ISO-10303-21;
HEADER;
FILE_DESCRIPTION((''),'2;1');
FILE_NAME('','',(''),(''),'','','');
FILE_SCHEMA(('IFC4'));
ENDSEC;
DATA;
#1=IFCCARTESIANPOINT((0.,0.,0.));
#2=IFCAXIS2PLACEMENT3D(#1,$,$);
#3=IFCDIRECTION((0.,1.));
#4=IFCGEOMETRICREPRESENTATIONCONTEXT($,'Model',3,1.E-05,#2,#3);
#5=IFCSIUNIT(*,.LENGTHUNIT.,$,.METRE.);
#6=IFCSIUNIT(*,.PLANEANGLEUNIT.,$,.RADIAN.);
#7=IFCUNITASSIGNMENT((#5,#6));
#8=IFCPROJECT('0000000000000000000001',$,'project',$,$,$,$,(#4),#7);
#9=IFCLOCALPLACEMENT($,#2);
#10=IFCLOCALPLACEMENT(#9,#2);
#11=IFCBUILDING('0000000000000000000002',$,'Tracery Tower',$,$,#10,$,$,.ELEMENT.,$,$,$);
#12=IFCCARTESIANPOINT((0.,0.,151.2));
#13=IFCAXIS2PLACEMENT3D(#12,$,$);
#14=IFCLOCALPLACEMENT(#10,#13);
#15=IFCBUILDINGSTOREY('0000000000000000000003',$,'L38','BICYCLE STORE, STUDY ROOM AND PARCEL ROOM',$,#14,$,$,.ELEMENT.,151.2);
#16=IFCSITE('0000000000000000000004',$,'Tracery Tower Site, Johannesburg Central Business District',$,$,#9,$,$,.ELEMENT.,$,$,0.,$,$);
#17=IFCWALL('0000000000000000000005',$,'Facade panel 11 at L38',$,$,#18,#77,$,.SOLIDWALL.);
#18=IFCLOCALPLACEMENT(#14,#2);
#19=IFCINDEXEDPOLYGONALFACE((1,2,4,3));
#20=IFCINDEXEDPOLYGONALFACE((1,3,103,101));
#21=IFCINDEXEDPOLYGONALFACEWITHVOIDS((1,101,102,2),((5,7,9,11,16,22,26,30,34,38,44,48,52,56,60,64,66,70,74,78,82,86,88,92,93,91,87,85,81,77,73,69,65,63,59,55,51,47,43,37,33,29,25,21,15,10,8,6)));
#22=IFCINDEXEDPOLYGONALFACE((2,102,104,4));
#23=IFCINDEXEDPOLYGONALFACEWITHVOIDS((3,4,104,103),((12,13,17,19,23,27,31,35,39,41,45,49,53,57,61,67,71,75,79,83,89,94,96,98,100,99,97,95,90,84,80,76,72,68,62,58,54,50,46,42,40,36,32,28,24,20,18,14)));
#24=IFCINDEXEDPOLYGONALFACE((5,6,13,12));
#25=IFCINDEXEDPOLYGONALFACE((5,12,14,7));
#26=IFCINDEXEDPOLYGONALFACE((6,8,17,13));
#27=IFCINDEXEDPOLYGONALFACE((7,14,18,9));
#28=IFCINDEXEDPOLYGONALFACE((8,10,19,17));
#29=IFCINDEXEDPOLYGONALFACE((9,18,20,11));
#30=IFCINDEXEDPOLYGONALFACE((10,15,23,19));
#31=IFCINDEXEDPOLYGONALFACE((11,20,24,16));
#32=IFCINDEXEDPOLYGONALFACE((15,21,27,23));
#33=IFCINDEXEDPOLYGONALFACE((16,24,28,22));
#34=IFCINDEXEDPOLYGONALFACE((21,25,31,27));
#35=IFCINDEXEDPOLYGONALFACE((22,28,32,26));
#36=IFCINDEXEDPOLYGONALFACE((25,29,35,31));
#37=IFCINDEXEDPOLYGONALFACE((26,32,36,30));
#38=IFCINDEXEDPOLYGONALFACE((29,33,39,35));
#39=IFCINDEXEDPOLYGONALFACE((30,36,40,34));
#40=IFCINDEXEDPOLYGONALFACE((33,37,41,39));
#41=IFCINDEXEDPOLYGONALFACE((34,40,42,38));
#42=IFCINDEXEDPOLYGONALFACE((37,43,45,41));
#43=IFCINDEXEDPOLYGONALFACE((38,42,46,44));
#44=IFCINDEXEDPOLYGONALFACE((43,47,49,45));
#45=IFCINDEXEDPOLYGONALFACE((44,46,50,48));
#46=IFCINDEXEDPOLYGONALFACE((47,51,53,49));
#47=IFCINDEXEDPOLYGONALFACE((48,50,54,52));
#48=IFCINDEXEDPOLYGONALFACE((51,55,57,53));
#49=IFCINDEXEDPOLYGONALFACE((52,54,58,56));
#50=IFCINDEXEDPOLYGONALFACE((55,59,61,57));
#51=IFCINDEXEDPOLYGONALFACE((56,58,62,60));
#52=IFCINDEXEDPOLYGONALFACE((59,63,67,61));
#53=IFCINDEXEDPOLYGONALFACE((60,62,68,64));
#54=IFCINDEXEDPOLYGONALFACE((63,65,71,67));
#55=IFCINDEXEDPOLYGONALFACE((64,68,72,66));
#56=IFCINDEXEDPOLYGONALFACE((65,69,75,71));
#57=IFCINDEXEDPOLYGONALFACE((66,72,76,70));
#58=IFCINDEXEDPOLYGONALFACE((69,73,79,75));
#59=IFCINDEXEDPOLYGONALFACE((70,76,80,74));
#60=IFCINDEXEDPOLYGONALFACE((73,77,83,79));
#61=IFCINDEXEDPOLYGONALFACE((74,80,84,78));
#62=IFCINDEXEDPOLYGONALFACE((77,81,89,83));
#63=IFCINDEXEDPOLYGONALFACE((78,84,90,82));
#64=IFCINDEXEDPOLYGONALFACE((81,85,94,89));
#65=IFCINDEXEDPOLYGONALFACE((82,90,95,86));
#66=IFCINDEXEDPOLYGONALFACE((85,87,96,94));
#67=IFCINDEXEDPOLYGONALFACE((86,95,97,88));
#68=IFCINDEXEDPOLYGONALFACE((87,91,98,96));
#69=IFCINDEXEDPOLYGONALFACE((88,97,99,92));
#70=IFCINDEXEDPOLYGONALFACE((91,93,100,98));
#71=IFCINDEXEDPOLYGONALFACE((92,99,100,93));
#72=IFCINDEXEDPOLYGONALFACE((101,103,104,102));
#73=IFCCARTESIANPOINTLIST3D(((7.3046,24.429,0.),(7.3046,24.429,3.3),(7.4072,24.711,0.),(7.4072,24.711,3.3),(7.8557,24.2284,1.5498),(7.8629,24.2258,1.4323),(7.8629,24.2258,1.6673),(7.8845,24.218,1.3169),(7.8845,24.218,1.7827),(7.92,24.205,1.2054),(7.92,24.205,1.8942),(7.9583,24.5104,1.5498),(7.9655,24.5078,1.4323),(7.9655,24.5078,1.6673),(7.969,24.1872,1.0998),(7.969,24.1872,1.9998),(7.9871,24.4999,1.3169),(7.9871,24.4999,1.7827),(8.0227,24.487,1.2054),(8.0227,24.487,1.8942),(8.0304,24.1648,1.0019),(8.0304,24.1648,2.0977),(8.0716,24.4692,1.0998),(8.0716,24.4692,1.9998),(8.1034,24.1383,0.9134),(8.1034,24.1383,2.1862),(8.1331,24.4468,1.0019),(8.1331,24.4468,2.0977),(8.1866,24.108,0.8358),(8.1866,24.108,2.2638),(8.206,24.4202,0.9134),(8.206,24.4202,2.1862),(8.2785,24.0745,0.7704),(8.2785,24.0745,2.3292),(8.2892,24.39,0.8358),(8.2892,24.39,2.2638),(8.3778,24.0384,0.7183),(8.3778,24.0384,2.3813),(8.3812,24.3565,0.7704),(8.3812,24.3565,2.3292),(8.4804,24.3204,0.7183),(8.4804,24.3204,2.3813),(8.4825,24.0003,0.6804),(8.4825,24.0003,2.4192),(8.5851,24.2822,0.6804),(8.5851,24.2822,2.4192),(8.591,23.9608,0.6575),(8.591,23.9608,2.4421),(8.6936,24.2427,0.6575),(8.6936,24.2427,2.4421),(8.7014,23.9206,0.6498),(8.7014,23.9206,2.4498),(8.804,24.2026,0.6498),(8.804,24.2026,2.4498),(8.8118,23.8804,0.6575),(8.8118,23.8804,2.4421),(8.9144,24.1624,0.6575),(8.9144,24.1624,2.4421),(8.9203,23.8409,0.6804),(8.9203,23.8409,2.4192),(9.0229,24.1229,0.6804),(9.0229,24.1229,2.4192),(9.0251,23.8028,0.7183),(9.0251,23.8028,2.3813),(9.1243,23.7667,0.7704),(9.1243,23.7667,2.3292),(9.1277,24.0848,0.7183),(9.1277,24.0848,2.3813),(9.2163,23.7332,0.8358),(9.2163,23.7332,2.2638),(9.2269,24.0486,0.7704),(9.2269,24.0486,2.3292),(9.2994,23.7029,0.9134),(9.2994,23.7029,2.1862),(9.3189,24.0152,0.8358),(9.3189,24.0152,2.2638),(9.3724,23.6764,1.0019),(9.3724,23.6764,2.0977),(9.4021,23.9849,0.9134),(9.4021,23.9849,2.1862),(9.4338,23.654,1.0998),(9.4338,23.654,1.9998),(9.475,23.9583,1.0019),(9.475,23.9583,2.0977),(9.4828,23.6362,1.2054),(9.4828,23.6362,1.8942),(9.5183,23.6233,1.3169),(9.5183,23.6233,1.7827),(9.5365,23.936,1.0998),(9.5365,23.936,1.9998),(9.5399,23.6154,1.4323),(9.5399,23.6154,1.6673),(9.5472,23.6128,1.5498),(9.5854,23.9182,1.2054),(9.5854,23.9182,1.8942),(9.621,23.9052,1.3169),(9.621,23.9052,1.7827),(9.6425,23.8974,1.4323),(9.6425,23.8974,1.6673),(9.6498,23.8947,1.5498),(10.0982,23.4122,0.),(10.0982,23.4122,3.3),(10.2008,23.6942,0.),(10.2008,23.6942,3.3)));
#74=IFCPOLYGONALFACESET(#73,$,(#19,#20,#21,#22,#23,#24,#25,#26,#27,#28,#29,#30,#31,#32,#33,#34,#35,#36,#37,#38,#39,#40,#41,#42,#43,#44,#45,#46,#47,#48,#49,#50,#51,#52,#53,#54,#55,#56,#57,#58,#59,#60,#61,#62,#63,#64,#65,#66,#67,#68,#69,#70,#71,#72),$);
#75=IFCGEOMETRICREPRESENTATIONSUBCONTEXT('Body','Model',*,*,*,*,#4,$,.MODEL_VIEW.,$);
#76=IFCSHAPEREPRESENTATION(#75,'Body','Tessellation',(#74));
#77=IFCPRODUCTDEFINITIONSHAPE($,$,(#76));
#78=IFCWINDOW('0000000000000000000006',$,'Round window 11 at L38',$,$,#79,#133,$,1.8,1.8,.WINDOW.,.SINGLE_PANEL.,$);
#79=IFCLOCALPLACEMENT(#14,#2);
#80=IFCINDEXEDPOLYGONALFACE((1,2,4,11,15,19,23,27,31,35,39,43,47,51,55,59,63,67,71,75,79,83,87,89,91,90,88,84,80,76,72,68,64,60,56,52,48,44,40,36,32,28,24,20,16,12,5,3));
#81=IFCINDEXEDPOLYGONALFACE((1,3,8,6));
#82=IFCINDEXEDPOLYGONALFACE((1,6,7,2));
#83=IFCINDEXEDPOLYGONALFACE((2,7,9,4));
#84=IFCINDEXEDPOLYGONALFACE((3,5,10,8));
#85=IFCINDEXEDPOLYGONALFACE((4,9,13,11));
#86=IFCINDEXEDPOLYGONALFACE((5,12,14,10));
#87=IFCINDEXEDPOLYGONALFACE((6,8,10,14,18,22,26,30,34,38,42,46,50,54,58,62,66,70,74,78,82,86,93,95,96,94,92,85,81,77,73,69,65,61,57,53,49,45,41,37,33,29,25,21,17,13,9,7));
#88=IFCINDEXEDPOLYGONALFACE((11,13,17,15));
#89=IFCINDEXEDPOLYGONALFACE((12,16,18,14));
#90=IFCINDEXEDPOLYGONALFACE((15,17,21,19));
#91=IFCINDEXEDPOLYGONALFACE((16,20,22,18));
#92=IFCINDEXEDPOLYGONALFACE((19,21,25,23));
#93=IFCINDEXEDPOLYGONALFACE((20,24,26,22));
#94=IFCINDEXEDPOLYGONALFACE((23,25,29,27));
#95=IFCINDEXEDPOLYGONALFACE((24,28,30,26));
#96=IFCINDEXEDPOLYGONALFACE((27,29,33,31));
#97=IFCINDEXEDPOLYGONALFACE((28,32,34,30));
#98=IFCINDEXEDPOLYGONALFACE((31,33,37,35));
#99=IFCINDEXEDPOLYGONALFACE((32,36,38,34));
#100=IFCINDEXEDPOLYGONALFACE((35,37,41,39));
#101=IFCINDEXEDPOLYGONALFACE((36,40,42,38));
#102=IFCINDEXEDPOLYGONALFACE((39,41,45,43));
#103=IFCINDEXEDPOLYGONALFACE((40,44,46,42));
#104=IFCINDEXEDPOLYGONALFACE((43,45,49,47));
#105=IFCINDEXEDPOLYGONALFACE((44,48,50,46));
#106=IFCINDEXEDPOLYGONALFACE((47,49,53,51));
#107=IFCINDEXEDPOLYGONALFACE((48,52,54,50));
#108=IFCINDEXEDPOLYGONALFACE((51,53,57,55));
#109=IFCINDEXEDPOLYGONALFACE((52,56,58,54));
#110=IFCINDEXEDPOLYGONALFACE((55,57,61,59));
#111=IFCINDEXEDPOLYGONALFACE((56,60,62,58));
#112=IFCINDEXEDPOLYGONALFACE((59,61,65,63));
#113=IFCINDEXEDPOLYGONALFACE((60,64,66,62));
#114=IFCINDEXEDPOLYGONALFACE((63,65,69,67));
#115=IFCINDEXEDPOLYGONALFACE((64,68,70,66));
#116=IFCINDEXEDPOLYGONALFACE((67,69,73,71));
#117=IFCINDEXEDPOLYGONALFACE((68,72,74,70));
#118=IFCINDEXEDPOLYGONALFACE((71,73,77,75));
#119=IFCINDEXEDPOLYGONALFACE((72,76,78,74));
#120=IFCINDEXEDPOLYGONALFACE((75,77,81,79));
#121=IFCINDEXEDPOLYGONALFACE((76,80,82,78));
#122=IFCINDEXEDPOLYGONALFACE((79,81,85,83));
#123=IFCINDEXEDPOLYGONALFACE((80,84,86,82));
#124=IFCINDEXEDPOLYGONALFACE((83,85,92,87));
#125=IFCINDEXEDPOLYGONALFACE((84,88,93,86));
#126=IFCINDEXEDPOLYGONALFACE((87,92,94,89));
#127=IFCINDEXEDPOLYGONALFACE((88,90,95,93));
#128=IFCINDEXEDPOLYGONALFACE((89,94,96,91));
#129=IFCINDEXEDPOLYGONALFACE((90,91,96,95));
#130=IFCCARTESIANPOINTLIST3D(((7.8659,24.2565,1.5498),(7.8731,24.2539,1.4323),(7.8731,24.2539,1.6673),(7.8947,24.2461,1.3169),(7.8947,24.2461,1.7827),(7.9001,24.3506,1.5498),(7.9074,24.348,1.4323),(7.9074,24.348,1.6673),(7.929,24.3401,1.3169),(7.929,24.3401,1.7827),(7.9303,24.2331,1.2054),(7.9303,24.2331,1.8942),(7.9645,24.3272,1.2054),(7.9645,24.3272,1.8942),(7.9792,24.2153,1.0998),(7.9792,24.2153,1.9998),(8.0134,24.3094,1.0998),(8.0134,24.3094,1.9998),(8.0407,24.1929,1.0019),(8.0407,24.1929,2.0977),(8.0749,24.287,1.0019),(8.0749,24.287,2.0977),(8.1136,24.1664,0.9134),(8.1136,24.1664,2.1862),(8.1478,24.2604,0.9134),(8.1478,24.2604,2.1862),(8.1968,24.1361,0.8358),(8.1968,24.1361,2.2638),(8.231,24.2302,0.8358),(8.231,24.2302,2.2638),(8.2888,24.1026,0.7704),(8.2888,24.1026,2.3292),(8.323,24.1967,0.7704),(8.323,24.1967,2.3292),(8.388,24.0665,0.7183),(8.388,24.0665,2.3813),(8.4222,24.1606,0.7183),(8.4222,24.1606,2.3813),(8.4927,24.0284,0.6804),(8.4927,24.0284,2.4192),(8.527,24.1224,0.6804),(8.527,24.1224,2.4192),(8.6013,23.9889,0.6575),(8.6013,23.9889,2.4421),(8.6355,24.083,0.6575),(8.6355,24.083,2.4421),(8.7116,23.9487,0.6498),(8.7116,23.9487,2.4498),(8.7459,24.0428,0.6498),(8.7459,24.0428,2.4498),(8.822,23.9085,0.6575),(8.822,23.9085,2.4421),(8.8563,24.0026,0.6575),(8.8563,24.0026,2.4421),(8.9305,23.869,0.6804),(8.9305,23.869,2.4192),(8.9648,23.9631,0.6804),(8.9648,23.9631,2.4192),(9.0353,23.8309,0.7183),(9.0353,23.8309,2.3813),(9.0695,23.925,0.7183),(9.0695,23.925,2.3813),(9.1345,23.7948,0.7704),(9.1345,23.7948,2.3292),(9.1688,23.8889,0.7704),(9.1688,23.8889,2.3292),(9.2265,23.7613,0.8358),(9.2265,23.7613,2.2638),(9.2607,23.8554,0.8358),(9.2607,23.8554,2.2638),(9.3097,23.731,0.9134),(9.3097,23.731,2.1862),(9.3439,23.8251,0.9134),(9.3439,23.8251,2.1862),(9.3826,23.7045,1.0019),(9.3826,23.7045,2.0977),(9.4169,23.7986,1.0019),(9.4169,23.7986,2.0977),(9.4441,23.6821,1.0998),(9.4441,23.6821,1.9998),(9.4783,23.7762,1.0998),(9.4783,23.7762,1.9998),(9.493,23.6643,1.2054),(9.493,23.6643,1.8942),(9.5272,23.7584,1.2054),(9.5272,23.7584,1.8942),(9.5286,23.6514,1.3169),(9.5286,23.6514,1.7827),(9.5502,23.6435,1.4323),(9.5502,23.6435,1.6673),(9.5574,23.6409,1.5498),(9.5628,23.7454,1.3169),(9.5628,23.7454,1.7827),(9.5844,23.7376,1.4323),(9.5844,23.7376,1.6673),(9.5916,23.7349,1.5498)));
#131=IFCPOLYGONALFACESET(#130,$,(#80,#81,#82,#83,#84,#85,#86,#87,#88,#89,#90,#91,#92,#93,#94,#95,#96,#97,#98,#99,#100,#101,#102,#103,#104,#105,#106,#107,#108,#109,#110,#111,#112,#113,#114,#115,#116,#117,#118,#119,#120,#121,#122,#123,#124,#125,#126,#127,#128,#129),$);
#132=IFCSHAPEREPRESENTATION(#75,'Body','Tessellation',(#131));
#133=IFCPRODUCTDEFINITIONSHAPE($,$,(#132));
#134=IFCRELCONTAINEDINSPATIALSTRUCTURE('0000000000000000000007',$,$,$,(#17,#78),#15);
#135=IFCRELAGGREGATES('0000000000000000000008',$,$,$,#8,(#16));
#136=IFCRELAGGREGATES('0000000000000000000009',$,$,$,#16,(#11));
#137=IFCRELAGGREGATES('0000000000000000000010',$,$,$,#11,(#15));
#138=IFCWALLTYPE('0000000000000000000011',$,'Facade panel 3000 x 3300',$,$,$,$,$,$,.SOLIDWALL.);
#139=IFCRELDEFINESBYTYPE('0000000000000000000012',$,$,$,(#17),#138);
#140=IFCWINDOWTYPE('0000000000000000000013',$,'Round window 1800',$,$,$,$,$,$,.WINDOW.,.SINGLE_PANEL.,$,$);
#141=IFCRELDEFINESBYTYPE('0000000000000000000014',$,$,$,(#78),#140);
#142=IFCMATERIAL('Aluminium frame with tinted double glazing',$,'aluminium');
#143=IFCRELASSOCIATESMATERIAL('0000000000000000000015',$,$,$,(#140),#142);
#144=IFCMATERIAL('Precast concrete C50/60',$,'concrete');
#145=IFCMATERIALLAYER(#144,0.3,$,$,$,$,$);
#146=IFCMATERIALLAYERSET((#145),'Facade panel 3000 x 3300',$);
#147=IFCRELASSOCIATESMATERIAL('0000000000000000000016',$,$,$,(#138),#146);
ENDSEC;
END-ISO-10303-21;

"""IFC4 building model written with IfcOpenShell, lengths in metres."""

from ifc_helpers import new_model, si_unit, direction, frame, frame_2d, origin, origin_2d, place, context, subcontext, project, spatial, rectangle, circle, extrude, material, layer, layer_set, type_object, element, fill, save


model = new_model("IFC4")

# Units and contexts
model_context = context("Model", 3, precision=1e-05, world=origin(), true_north=direction((0.0, 1.0)))
body_context = subcontext(model_context, "Body", "Model", "MODEL_VIEW")
ifc_project = project(units=[si_unit("LENGTHUNIT", "METRE"), si_unit("PLANEANGLEUNIT", "RADIAN")], contexts=[model_context])

# Site, building, storey
site_placement = place(None, origin())
site = spatial("IfcSite", under=ifc_project, at=site_placement, Name="Tracery Tower Site, Johannesburg Central Business District", CompositionType="ELEMENT", RefElevation=0.0)
building_placement = place(site_placement, origin())
building = spatial("IfcBuilding", under=site, at=building_placement, Name="Tracery Tower", CompositionType="ELEMENT")
storey_placement = place(building_placement, frame((0.0, 0.0, 151.2)))
storey = spatial("IfcBuildingStorey", under=building, at=storey_placement, Name="L38", Description="BICYCLE STORE, STUDY ROOM AND PARCEL ROOM", CompositionType="ELEMENT", Elevation=151.2)

# Wall, opening, window
ifc_material_1 = material(Name="Aluminium frame with tinted double glazing", Category="aluminium")
window_type = type_object("IfcWindowType", Name="Round window 1800", PartitioningType="SINGLE_PANEL", PredefinedType="WINDOW", material=ifc_material_1)
ifc_material_2 = material(Name="Precast concrete C50/60", Category="concrete")
ifc_layer_1 = layer(ifc_material_2, 0.3)
ifc_layer_set_1 = layer_set([ifc_layer_1], Name="Facade panel 3000 x 3300")
wall_type_1 = type_object("IfcWallType", Name="Facade panel 3000 x 3300", PredefinedType="SOLIDWALL", material=ifc_layer_set_1)
wall_1_placement = place(storey_placement, frame((10.1494, 23.5532, 0.0), z_axis=(0.0, 0.0, 1.0), x_axis=(-0.93969, 0.342027, 0.0)))
wall_1 = element("IfcWall", 1, at=wall_1_placement, inside=storey, type_object=wall_type_1, Name="Facade panel 11 at L38", PredefinedType="SOLIDWALL", context=body_context, shape_type="SweptSolid", body=[
    extrude(rectangle(XDim=2.9729, YDim=0.3, at=frame_2d((1.4863, 0.0))), origin(), (0.0, 0.0, 1.0), 3.3),
])
opening_1_placement = place(wall_1_placement, frame((1.4863, 0.0, 1.5498)))
opening_1 = element("IfcOpeningElement", 2, at=opening_1_placement, cuts=wall_1, PredefinedType="OPENING", context=body_context, shape_type="SweptSolid", body=[
    extrude(circle(Radius=0.9, at=origin_2d()), frame((0.0, 0.1599, 0.0), z_axis=(0.0, -1.0, 0.0), x_axis=(1.0, 0.0, 0.0)), (0.0, 0.0, 1.0), 0.3201),
])
window_1_placement = place(opening_1_placement, origin())
window_1 = element("IfcWindow", 3, at=window_1_placement, inside=storey, type_object=window_type, Name="Round window 11 at L38", OverallHeight=1.8, OverallWidth=1.8, PartitioningType="SINGLE_PANEL", PredefinedType="WINDOW", context=body_context, shape_type="SweptSolid", body=[
    extrude(circle(Radius=0.9, at=origin_2d()), frame((0.0, 0.1201, 0.0), z_axis=(0.0, -1.0, 0.0), x_axis=(1.0, 0.0, 0.0)), (0.0, 0.0, 1.0), 0.1001),
])
fill(opening_1, window_1)

save(model, "model.ifc")
